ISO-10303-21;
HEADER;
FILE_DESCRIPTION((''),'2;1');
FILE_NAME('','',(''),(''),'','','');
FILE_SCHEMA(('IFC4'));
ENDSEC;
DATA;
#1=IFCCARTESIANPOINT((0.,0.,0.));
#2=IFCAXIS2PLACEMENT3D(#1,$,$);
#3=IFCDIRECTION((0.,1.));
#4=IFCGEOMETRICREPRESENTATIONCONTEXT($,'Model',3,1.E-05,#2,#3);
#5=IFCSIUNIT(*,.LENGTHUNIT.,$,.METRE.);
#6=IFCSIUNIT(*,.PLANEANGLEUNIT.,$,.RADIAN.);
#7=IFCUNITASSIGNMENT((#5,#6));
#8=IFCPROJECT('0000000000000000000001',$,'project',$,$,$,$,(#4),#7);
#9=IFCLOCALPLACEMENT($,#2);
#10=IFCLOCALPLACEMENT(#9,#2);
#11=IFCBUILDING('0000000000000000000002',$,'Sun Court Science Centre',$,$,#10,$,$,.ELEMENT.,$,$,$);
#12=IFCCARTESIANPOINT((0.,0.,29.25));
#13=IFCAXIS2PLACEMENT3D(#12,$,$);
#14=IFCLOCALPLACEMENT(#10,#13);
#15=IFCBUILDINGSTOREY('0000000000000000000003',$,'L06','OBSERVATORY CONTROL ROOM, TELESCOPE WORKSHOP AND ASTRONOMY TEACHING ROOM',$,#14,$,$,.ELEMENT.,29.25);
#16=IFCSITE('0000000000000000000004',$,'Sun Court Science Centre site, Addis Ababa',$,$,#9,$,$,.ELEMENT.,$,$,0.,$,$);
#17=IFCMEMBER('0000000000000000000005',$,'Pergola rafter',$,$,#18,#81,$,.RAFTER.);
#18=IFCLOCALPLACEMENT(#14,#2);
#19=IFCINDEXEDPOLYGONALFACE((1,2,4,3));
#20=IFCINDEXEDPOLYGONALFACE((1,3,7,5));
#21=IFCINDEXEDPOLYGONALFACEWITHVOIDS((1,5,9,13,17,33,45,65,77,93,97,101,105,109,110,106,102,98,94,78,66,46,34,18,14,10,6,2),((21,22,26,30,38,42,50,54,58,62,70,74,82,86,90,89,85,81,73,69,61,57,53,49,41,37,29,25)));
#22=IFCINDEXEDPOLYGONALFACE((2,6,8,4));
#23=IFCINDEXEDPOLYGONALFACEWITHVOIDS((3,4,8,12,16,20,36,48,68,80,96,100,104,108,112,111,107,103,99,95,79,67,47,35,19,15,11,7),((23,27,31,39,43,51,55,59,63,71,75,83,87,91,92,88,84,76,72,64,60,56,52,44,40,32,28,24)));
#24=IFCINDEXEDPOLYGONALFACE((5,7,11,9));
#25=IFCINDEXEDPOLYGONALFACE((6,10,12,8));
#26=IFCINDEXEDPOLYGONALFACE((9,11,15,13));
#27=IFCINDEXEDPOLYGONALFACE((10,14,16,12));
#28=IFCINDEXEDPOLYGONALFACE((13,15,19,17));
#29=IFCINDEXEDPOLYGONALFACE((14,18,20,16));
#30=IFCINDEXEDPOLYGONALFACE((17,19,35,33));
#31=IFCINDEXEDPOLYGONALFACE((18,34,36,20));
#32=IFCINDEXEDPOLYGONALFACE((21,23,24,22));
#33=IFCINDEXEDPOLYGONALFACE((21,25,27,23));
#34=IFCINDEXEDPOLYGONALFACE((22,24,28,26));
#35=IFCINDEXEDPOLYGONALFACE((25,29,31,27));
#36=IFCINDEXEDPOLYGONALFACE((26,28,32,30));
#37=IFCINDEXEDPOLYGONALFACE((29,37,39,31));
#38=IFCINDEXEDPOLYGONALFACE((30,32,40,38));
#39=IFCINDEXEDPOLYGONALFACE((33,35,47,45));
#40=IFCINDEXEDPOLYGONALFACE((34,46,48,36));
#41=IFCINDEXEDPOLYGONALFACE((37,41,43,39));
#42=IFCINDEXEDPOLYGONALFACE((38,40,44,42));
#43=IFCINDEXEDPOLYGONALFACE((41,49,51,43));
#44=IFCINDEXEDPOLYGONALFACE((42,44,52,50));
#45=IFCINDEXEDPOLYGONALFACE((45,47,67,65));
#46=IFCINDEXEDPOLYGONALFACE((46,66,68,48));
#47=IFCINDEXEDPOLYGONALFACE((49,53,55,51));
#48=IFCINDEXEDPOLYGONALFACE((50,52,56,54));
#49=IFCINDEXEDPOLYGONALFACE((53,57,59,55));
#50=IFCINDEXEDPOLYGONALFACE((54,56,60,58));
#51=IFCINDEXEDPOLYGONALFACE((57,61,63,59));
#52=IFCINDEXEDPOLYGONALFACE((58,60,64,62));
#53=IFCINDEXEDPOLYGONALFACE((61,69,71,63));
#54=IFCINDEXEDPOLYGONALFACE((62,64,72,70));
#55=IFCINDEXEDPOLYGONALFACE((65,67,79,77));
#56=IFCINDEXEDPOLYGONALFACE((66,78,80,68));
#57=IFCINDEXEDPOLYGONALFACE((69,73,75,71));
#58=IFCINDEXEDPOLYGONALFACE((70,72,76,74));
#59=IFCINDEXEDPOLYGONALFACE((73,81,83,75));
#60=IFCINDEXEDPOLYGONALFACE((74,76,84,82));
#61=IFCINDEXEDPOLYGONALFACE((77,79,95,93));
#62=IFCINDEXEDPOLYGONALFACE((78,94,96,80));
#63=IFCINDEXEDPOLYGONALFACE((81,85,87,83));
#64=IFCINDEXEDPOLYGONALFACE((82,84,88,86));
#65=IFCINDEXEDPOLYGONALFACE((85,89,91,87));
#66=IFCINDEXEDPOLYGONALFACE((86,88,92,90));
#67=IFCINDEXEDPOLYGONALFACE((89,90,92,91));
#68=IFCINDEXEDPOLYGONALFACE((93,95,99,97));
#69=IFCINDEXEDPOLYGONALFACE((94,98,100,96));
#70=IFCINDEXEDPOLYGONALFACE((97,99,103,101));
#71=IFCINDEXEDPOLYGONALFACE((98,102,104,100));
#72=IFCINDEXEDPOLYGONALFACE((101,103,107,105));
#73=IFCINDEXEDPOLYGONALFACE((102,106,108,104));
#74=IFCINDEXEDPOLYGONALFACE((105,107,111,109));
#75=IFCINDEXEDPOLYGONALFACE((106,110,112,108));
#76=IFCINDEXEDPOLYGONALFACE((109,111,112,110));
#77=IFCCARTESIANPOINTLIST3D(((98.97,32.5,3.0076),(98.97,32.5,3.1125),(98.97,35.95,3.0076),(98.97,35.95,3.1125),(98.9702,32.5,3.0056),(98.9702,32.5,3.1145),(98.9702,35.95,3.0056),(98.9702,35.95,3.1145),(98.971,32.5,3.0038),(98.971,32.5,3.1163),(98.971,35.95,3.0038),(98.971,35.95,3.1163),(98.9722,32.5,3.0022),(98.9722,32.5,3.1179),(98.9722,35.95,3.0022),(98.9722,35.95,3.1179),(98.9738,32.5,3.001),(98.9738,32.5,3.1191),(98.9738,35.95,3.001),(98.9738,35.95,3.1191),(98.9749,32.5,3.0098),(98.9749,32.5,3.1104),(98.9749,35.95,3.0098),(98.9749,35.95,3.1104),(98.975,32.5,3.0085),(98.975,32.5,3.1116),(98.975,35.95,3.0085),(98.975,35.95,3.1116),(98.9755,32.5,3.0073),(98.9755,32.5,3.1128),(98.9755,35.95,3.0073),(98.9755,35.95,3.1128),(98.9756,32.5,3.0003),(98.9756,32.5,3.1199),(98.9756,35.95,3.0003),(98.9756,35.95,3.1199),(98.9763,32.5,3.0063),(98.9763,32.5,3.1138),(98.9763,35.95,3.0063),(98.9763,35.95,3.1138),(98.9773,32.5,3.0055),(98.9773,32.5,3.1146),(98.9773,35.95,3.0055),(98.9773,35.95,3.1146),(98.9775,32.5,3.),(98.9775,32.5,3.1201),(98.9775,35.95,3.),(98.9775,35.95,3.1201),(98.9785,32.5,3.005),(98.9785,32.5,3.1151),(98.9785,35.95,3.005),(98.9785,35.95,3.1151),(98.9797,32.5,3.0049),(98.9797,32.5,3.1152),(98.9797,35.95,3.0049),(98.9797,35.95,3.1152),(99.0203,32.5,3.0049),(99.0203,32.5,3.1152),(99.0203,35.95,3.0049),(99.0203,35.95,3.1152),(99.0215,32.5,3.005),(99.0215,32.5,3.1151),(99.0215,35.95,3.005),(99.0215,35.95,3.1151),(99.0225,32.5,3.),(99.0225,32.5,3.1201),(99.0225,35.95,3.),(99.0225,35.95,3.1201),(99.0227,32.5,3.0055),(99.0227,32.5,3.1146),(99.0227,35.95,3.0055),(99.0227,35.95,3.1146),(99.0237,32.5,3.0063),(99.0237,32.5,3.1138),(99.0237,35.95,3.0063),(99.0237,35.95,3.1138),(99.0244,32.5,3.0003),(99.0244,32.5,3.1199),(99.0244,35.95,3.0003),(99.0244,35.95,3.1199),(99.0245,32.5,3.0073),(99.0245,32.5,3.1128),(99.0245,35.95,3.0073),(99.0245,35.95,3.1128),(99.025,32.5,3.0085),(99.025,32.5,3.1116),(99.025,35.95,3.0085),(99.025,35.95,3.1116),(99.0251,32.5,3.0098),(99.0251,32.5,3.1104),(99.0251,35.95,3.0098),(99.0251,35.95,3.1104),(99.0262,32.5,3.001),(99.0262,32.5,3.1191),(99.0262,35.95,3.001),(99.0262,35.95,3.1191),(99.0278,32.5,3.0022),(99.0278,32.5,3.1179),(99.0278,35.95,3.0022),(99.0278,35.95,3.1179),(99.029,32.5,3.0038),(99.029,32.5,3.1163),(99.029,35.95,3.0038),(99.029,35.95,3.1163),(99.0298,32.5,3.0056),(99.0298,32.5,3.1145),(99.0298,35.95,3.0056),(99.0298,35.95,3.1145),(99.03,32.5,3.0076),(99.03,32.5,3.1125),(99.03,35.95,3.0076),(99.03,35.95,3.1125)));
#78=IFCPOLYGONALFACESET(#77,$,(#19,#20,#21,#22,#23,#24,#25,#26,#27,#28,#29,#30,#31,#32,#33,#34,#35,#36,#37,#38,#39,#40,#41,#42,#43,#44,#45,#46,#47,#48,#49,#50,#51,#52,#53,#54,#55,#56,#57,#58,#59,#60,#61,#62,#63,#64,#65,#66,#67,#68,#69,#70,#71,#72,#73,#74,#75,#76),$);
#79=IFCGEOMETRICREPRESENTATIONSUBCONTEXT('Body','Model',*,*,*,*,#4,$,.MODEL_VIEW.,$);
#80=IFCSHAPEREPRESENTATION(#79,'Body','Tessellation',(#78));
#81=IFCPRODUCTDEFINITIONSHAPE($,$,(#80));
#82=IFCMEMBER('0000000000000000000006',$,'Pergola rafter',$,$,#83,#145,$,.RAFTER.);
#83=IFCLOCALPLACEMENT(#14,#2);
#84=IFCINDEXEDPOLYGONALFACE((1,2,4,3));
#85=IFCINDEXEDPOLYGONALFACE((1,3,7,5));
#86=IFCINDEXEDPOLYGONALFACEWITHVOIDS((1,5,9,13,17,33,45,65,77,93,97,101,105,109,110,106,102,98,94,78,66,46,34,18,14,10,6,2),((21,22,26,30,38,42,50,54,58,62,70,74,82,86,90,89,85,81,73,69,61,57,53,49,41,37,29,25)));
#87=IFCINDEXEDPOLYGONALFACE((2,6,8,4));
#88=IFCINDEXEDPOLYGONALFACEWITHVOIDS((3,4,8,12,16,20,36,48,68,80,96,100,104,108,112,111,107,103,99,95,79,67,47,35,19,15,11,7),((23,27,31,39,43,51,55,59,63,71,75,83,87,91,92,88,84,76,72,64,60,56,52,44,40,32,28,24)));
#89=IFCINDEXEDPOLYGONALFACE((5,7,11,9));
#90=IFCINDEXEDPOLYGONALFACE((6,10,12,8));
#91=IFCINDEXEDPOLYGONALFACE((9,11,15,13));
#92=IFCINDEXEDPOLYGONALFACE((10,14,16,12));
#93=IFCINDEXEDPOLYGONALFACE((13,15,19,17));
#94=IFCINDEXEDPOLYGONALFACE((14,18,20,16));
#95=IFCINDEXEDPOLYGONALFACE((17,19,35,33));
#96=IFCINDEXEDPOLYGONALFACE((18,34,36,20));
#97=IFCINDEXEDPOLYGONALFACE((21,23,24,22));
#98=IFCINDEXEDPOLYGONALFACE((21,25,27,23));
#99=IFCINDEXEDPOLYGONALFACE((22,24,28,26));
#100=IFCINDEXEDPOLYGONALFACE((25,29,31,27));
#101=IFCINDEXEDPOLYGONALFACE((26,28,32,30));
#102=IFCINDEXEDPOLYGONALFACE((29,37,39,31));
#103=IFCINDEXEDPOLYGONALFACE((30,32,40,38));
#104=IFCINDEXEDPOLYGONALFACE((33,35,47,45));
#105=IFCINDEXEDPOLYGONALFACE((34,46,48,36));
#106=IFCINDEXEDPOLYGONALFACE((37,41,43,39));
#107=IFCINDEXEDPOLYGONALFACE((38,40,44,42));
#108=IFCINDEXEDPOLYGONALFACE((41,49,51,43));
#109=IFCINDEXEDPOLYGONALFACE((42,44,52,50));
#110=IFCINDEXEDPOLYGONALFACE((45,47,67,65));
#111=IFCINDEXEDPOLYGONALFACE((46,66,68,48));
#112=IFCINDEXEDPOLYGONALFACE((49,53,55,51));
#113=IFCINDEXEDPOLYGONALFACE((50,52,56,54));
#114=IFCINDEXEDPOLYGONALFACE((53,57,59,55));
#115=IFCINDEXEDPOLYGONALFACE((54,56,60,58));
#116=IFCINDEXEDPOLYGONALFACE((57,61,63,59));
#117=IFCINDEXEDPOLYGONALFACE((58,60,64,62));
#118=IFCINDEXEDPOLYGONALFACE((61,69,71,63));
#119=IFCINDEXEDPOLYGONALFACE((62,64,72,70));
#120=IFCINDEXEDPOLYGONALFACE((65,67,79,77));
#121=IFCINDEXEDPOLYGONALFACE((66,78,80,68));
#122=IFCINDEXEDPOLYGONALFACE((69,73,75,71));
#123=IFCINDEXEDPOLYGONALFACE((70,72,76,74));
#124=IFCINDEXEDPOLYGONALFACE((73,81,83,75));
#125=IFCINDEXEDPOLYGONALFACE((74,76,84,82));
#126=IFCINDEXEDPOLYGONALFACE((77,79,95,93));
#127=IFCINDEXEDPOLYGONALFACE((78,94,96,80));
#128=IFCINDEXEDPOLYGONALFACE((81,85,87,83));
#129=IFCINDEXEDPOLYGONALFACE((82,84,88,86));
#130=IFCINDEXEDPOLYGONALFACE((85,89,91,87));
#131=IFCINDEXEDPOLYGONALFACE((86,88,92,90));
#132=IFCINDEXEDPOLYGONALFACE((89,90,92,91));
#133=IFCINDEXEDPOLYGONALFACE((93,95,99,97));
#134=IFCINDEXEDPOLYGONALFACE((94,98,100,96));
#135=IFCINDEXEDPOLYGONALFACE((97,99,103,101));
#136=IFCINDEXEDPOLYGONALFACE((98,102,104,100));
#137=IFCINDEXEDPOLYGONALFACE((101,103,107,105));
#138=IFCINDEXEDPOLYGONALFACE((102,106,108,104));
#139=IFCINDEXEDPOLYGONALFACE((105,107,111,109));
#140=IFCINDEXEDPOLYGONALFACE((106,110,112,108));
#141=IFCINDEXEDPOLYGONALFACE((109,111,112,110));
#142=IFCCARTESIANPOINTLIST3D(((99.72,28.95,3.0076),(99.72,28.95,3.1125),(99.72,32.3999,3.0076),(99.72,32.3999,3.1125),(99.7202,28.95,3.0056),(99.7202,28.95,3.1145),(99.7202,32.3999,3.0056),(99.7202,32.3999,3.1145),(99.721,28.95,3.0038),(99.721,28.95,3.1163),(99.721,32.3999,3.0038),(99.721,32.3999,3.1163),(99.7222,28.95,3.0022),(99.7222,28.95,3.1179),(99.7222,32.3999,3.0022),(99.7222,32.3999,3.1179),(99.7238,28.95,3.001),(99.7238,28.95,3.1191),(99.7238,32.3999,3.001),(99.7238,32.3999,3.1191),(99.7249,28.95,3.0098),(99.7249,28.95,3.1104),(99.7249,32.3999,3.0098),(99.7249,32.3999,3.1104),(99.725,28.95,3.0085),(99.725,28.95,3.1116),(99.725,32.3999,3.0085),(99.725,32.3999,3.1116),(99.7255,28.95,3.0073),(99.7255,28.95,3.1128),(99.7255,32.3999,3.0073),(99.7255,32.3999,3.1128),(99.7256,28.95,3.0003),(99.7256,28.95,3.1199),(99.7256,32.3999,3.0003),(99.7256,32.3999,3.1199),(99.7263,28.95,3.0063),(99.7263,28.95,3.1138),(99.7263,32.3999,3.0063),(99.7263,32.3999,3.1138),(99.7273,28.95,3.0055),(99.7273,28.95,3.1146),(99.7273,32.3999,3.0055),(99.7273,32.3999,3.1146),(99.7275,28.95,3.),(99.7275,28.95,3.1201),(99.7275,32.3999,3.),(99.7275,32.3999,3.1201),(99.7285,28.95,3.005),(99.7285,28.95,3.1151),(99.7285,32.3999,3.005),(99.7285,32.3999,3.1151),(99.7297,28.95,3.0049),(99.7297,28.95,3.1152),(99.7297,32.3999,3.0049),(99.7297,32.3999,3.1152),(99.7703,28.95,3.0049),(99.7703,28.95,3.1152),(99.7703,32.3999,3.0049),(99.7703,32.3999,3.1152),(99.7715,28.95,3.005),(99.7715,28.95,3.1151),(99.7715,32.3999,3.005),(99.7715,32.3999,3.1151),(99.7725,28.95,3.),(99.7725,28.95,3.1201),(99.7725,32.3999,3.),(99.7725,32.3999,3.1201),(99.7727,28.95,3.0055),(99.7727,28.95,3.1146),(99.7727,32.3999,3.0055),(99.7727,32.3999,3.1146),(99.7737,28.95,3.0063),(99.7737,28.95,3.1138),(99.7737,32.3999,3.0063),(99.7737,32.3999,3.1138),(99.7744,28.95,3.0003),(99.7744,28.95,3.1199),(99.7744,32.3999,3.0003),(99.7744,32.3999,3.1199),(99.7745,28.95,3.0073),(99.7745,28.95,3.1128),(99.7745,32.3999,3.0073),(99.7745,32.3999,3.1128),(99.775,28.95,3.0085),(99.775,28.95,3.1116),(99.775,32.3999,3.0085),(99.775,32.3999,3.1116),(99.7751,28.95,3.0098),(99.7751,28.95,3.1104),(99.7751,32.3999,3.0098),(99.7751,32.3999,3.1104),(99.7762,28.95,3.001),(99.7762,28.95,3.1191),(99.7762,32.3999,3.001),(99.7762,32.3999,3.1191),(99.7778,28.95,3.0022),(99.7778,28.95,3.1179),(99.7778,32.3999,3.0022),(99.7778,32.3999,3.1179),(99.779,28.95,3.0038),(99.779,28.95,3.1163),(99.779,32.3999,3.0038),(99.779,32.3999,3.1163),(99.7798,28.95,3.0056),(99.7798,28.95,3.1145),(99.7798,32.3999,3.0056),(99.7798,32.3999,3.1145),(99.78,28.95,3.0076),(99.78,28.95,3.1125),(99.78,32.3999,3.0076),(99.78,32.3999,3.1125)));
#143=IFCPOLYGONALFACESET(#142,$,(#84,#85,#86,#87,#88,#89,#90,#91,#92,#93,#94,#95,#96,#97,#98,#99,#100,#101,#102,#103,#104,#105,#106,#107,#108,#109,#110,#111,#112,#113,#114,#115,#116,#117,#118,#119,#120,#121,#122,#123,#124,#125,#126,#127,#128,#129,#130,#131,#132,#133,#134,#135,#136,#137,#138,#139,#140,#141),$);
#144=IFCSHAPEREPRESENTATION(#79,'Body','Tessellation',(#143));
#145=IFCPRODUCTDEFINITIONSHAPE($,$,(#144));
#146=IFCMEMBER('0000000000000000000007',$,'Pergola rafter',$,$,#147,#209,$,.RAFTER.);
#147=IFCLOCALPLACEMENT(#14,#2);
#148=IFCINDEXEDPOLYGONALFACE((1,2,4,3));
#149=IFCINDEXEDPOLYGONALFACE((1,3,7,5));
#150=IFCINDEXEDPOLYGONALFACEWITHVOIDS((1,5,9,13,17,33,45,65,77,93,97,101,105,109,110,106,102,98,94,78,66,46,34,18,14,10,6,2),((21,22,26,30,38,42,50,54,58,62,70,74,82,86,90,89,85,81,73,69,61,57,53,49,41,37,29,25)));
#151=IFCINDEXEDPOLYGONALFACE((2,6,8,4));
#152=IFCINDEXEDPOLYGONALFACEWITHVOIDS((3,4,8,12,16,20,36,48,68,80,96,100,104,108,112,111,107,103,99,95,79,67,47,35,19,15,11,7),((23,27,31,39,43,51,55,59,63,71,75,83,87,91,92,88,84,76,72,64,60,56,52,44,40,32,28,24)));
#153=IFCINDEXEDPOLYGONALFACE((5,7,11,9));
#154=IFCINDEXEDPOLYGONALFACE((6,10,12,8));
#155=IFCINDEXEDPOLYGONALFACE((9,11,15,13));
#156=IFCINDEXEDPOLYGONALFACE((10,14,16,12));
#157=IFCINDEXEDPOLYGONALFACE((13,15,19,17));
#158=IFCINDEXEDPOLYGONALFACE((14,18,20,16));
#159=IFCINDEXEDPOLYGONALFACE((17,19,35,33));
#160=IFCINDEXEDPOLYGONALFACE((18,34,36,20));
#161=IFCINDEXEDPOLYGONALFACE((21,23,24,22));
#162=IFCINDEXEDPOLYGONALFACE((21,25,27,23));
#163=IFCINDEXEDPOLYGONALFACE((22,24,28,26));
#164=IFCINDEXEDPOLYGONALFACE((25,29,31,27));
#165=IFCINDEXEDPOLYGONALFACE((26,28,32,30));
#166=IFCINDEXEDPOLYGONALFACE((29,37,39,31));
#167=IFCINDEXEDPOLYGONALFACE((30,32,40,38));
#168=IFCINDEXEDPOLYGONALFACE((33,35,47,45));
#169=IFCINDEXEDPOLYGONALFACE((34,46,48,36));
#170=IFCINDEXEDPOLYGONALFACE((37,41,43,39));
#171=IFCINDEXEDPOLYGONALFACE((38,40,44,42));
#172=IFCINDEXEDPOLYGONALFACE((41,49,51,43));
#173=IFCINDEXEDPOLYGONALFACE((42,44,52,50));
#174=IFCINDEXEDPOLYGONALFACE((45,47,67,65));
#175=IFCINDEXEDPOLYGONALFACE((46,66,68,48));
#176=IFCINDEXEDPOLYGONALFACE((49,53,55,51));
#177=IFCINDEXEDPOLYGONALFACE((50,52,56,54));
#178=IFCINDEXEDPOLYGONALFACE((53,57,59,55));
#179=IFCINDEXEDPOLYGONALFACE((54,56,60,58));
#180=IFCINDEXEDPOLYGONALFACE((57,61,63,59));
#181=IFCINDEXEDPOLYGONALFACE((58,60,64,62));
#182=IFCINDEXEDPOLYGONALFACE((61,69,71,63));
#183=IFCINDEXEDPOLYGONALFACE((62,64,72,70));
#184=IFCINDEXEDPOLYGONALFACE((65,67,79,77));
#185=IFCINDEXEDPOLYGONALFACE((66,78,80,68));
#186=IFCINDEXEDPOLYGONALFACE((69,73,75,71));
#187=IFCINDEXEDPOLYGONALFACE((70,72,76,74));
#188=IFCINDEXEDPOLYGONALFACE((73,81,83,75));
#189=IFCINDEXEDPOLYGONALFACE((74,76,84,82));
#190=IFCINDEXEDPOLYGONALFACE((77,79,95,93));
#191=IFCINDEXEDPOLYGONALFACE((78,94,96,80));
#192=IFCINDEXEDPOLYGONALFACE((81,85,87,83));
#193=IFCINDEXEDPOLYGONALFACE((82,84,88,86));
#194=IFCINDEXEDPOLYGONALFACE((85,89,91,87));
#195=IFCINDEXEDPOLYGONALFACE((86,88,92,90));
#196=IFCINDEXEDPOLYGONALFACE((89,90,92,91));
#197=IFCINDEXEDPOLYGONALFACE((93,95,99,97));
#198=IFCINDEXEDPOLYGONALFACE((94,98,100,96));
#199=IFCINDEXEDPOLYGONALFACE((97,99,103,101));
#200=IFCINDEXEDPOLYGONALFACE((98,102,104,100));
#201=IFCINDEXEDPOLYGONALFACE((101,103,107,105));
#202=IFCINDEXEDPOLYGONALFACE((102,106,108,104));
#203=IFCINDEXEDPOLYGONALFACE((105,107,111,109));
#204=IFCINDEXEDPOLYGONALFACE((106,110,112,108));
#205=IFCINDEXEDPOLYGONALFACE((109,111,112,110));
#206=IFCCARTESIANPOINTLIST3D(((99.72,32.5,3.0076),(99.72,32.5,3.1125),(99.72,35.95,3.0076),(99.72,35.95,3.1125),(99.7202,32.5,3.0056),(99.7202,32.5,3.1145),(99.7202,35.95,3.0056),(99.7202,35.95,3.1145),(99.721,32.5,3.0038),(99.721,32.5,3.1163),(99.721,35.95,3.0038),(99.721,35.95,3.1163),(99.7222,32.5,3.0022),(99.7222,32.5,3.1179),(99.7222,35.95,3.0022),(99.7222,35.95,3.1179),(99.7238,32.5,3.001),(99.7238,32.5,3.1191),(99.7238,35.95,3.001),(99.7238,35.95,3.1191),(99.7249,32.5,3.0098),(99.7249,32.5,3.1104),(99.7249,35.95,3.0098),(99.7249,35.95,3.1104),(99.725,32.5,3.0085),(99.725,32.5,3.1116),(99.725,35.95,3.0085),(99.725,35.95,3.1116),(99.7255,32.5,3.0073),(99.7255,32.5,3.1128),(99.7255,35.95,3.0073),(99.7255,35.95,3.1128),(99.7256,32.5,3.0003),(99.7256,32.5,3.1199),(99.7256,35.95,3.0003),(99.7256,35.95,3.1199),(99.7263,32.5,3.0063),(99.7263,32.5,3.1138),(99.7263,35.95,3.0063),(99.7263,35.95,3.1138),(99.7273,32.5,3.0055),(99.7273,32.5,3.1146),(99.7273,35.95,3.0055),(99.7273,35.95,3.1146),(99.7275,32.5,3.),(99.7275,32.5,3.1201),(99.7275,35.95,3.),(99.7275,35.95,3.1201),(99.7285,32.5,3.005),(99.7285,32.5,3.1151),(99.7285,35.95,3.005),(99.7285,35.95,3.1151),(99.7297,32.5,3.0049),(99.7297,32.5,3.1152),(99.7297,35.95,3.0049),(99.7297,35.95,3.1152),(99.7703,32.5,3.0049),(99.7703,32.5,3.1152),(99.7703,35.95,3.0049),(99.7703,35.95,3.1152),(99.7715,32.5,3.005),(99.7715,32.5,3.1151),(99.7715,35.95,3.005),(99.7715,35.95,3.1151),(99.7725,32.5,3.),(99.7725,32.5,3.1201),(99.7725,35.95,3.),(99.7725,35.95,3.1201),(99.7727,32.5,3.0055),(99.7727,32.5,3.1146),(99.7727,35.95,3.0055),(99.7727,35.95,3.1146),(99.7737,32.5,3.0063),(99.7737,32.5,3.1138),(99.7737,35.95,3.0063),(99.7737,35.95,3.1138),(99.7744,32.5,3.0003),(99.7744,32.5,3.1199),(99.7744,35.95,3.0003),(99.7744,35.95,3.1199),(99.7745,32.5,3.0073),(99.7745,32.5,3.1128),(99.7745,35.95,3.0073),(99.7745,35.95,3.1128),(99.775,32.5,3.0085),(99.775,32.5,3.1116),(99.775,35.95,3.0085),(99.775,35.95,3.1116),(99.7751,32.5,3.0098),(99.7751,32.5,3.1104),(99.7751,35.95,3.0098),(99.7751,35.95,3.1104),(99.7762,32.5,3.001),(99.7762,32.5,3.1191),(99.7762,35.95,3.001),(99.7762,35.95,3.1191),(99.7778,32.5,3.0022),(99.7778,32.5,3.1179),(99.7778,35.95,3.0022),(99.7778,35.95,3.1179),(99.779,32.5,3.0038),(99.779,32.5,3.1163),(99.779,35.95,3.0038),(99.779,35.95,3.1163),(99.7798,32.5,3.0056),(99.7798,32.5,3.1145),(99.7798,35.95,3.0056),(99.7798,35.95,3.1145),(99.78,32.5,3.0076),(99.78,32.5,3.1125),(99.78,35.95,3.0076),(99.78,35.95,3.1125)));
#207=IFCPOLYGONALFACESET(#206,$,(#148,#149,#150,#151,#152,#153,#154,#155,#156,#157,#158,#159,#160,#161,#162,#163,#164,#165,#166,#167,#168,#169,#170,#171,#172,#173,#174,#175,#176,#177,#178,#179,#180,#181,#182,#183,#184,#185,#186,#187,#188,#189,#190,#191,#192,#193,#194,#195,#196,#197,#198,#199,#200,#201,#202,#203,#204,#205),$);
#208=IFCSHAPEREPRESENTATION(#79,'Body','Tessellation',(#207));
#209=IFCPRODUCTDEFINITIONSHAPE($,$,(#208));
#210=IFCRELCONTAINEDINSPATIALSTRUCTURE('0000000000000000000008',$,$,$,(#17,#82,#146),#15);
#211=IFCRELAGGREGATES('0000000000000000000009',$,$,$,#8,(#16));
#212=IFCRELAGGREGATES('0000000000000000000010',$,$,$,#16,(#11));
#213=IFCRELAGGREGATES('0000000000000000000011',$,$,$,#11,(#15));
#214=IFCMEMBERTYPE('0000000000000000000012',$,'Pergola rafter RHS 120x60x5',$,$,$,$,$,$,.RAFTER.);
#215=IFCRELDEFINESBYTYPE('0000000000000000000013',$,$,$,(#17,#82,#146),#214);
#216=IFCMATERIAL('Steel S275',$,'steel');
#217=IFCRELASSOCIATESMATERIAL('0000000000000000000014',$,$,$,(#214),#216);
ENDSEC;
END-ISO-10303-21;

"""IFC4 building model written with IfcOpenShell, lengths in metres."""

from ifc_helpers import new_model, si_unit, direction, frame, origin, origin_2d, place, context, subcontext, project, spatial, hollow_rectangle, extrude, material, material_profile, profile_set, type_object, element, save


model = new_model("IFC4")

# Units and contexts
model_context = context("Model", 3, precision=1e-05, world=origin(), true_north=direction((0.0, 1.0)))
body_context = subcontext(model_context, "Body", "Model", "MODEL_VIEW")
ifc_project = project(units=[si_unit("LENGTHUNIT", "METRE"), si_unit("PLANEANGLEUNIT", "RADIAN")], contexts=[model_context])

# Site, building, storey
site_placement = place(None, origin())
site = spatial("IfcSite", under=ifc_project, at=site_placement, Name="Sun Court Science Centre site, Addis Ababa", CompositionType="ELEMENT", RefElevation=0.0)
building_placement = place(site_placement, origin())
building = spatial("IfcBuilding", under=site, at=building_placement, Name="Sun Court Science Centre", CompositionType="ELEMENT")
storey_placement = place(building_placement, frame((0.0, 0.0, 29.25)))
storey = spatial("IfcBuildingStorey", under=building, at=storey_placement, Name="L06", Description="OBSERVATORY CONTROL ROOM, TELESCOPE WORKSHOP AND ASTRONOMY TEACHING ROOM", CompositionType="ELEMENT", Elevation=29.25)

# Members
ifc_material_1 = material(Name="Steel S275", Category="steel")
ifc_material_profile_1 = material_profile(ifc_material_1, hollow_rectangle(XDim=0.0601, YDim=0.1201, WallThickness=0.0049, InnerFilletRadius=0.0049, OuterFilletRadius=0.0076, at=origin_2d()), Name="RHS 120x60x5")
ifc_profile_set_1 = profile_set([ifc_material_profile_1], Name="Steel S275")
member_type_1 = type_object("IfcMemberType", Name="Pergola rafter RHS 120x60x5", PredefinedType="RAFTER", material=ifc_profile_set_1)
for number, where, z_axis, x_axis, name in (
    (1, (99.0, 32.5, 3.0601), (0.0, 1.0, 0.0), (-1.0, 0.0, 0.0), "Pergola rafter"),
    (2, (99.75, 28.95, 3.0601), (0.0, 1.0, 0.0), (-1.0, 0.0, 0.0), "Pergola rafter"),
    (3, (99.75, 32.5, 3.0601), (0.0, 1.0, 0.0), (-1.0, 0.0, 0.0), "Pergola rafter"),
):
    element("IfcMember", number, at=place(storey_placement, frame(where, z_axis=z_axis, x_axis=x_axis)), inside=storey, type_object=member_type_1, Name=name, PredefinedType="RAFTER", context=body_context, shape_type="SweptSolid", body=[
        extrude(hollow_rectangle(XDim=0.0601, YDim=0.1201, WallThickness=0.0049, InnerFilletRadius=0.0049, OuterFilletRadius=0.0076, at=origin_2d()), origin(), (0.0, 0.0, 1.0), 3.45),
    ])

save(model, "model.ifc")
